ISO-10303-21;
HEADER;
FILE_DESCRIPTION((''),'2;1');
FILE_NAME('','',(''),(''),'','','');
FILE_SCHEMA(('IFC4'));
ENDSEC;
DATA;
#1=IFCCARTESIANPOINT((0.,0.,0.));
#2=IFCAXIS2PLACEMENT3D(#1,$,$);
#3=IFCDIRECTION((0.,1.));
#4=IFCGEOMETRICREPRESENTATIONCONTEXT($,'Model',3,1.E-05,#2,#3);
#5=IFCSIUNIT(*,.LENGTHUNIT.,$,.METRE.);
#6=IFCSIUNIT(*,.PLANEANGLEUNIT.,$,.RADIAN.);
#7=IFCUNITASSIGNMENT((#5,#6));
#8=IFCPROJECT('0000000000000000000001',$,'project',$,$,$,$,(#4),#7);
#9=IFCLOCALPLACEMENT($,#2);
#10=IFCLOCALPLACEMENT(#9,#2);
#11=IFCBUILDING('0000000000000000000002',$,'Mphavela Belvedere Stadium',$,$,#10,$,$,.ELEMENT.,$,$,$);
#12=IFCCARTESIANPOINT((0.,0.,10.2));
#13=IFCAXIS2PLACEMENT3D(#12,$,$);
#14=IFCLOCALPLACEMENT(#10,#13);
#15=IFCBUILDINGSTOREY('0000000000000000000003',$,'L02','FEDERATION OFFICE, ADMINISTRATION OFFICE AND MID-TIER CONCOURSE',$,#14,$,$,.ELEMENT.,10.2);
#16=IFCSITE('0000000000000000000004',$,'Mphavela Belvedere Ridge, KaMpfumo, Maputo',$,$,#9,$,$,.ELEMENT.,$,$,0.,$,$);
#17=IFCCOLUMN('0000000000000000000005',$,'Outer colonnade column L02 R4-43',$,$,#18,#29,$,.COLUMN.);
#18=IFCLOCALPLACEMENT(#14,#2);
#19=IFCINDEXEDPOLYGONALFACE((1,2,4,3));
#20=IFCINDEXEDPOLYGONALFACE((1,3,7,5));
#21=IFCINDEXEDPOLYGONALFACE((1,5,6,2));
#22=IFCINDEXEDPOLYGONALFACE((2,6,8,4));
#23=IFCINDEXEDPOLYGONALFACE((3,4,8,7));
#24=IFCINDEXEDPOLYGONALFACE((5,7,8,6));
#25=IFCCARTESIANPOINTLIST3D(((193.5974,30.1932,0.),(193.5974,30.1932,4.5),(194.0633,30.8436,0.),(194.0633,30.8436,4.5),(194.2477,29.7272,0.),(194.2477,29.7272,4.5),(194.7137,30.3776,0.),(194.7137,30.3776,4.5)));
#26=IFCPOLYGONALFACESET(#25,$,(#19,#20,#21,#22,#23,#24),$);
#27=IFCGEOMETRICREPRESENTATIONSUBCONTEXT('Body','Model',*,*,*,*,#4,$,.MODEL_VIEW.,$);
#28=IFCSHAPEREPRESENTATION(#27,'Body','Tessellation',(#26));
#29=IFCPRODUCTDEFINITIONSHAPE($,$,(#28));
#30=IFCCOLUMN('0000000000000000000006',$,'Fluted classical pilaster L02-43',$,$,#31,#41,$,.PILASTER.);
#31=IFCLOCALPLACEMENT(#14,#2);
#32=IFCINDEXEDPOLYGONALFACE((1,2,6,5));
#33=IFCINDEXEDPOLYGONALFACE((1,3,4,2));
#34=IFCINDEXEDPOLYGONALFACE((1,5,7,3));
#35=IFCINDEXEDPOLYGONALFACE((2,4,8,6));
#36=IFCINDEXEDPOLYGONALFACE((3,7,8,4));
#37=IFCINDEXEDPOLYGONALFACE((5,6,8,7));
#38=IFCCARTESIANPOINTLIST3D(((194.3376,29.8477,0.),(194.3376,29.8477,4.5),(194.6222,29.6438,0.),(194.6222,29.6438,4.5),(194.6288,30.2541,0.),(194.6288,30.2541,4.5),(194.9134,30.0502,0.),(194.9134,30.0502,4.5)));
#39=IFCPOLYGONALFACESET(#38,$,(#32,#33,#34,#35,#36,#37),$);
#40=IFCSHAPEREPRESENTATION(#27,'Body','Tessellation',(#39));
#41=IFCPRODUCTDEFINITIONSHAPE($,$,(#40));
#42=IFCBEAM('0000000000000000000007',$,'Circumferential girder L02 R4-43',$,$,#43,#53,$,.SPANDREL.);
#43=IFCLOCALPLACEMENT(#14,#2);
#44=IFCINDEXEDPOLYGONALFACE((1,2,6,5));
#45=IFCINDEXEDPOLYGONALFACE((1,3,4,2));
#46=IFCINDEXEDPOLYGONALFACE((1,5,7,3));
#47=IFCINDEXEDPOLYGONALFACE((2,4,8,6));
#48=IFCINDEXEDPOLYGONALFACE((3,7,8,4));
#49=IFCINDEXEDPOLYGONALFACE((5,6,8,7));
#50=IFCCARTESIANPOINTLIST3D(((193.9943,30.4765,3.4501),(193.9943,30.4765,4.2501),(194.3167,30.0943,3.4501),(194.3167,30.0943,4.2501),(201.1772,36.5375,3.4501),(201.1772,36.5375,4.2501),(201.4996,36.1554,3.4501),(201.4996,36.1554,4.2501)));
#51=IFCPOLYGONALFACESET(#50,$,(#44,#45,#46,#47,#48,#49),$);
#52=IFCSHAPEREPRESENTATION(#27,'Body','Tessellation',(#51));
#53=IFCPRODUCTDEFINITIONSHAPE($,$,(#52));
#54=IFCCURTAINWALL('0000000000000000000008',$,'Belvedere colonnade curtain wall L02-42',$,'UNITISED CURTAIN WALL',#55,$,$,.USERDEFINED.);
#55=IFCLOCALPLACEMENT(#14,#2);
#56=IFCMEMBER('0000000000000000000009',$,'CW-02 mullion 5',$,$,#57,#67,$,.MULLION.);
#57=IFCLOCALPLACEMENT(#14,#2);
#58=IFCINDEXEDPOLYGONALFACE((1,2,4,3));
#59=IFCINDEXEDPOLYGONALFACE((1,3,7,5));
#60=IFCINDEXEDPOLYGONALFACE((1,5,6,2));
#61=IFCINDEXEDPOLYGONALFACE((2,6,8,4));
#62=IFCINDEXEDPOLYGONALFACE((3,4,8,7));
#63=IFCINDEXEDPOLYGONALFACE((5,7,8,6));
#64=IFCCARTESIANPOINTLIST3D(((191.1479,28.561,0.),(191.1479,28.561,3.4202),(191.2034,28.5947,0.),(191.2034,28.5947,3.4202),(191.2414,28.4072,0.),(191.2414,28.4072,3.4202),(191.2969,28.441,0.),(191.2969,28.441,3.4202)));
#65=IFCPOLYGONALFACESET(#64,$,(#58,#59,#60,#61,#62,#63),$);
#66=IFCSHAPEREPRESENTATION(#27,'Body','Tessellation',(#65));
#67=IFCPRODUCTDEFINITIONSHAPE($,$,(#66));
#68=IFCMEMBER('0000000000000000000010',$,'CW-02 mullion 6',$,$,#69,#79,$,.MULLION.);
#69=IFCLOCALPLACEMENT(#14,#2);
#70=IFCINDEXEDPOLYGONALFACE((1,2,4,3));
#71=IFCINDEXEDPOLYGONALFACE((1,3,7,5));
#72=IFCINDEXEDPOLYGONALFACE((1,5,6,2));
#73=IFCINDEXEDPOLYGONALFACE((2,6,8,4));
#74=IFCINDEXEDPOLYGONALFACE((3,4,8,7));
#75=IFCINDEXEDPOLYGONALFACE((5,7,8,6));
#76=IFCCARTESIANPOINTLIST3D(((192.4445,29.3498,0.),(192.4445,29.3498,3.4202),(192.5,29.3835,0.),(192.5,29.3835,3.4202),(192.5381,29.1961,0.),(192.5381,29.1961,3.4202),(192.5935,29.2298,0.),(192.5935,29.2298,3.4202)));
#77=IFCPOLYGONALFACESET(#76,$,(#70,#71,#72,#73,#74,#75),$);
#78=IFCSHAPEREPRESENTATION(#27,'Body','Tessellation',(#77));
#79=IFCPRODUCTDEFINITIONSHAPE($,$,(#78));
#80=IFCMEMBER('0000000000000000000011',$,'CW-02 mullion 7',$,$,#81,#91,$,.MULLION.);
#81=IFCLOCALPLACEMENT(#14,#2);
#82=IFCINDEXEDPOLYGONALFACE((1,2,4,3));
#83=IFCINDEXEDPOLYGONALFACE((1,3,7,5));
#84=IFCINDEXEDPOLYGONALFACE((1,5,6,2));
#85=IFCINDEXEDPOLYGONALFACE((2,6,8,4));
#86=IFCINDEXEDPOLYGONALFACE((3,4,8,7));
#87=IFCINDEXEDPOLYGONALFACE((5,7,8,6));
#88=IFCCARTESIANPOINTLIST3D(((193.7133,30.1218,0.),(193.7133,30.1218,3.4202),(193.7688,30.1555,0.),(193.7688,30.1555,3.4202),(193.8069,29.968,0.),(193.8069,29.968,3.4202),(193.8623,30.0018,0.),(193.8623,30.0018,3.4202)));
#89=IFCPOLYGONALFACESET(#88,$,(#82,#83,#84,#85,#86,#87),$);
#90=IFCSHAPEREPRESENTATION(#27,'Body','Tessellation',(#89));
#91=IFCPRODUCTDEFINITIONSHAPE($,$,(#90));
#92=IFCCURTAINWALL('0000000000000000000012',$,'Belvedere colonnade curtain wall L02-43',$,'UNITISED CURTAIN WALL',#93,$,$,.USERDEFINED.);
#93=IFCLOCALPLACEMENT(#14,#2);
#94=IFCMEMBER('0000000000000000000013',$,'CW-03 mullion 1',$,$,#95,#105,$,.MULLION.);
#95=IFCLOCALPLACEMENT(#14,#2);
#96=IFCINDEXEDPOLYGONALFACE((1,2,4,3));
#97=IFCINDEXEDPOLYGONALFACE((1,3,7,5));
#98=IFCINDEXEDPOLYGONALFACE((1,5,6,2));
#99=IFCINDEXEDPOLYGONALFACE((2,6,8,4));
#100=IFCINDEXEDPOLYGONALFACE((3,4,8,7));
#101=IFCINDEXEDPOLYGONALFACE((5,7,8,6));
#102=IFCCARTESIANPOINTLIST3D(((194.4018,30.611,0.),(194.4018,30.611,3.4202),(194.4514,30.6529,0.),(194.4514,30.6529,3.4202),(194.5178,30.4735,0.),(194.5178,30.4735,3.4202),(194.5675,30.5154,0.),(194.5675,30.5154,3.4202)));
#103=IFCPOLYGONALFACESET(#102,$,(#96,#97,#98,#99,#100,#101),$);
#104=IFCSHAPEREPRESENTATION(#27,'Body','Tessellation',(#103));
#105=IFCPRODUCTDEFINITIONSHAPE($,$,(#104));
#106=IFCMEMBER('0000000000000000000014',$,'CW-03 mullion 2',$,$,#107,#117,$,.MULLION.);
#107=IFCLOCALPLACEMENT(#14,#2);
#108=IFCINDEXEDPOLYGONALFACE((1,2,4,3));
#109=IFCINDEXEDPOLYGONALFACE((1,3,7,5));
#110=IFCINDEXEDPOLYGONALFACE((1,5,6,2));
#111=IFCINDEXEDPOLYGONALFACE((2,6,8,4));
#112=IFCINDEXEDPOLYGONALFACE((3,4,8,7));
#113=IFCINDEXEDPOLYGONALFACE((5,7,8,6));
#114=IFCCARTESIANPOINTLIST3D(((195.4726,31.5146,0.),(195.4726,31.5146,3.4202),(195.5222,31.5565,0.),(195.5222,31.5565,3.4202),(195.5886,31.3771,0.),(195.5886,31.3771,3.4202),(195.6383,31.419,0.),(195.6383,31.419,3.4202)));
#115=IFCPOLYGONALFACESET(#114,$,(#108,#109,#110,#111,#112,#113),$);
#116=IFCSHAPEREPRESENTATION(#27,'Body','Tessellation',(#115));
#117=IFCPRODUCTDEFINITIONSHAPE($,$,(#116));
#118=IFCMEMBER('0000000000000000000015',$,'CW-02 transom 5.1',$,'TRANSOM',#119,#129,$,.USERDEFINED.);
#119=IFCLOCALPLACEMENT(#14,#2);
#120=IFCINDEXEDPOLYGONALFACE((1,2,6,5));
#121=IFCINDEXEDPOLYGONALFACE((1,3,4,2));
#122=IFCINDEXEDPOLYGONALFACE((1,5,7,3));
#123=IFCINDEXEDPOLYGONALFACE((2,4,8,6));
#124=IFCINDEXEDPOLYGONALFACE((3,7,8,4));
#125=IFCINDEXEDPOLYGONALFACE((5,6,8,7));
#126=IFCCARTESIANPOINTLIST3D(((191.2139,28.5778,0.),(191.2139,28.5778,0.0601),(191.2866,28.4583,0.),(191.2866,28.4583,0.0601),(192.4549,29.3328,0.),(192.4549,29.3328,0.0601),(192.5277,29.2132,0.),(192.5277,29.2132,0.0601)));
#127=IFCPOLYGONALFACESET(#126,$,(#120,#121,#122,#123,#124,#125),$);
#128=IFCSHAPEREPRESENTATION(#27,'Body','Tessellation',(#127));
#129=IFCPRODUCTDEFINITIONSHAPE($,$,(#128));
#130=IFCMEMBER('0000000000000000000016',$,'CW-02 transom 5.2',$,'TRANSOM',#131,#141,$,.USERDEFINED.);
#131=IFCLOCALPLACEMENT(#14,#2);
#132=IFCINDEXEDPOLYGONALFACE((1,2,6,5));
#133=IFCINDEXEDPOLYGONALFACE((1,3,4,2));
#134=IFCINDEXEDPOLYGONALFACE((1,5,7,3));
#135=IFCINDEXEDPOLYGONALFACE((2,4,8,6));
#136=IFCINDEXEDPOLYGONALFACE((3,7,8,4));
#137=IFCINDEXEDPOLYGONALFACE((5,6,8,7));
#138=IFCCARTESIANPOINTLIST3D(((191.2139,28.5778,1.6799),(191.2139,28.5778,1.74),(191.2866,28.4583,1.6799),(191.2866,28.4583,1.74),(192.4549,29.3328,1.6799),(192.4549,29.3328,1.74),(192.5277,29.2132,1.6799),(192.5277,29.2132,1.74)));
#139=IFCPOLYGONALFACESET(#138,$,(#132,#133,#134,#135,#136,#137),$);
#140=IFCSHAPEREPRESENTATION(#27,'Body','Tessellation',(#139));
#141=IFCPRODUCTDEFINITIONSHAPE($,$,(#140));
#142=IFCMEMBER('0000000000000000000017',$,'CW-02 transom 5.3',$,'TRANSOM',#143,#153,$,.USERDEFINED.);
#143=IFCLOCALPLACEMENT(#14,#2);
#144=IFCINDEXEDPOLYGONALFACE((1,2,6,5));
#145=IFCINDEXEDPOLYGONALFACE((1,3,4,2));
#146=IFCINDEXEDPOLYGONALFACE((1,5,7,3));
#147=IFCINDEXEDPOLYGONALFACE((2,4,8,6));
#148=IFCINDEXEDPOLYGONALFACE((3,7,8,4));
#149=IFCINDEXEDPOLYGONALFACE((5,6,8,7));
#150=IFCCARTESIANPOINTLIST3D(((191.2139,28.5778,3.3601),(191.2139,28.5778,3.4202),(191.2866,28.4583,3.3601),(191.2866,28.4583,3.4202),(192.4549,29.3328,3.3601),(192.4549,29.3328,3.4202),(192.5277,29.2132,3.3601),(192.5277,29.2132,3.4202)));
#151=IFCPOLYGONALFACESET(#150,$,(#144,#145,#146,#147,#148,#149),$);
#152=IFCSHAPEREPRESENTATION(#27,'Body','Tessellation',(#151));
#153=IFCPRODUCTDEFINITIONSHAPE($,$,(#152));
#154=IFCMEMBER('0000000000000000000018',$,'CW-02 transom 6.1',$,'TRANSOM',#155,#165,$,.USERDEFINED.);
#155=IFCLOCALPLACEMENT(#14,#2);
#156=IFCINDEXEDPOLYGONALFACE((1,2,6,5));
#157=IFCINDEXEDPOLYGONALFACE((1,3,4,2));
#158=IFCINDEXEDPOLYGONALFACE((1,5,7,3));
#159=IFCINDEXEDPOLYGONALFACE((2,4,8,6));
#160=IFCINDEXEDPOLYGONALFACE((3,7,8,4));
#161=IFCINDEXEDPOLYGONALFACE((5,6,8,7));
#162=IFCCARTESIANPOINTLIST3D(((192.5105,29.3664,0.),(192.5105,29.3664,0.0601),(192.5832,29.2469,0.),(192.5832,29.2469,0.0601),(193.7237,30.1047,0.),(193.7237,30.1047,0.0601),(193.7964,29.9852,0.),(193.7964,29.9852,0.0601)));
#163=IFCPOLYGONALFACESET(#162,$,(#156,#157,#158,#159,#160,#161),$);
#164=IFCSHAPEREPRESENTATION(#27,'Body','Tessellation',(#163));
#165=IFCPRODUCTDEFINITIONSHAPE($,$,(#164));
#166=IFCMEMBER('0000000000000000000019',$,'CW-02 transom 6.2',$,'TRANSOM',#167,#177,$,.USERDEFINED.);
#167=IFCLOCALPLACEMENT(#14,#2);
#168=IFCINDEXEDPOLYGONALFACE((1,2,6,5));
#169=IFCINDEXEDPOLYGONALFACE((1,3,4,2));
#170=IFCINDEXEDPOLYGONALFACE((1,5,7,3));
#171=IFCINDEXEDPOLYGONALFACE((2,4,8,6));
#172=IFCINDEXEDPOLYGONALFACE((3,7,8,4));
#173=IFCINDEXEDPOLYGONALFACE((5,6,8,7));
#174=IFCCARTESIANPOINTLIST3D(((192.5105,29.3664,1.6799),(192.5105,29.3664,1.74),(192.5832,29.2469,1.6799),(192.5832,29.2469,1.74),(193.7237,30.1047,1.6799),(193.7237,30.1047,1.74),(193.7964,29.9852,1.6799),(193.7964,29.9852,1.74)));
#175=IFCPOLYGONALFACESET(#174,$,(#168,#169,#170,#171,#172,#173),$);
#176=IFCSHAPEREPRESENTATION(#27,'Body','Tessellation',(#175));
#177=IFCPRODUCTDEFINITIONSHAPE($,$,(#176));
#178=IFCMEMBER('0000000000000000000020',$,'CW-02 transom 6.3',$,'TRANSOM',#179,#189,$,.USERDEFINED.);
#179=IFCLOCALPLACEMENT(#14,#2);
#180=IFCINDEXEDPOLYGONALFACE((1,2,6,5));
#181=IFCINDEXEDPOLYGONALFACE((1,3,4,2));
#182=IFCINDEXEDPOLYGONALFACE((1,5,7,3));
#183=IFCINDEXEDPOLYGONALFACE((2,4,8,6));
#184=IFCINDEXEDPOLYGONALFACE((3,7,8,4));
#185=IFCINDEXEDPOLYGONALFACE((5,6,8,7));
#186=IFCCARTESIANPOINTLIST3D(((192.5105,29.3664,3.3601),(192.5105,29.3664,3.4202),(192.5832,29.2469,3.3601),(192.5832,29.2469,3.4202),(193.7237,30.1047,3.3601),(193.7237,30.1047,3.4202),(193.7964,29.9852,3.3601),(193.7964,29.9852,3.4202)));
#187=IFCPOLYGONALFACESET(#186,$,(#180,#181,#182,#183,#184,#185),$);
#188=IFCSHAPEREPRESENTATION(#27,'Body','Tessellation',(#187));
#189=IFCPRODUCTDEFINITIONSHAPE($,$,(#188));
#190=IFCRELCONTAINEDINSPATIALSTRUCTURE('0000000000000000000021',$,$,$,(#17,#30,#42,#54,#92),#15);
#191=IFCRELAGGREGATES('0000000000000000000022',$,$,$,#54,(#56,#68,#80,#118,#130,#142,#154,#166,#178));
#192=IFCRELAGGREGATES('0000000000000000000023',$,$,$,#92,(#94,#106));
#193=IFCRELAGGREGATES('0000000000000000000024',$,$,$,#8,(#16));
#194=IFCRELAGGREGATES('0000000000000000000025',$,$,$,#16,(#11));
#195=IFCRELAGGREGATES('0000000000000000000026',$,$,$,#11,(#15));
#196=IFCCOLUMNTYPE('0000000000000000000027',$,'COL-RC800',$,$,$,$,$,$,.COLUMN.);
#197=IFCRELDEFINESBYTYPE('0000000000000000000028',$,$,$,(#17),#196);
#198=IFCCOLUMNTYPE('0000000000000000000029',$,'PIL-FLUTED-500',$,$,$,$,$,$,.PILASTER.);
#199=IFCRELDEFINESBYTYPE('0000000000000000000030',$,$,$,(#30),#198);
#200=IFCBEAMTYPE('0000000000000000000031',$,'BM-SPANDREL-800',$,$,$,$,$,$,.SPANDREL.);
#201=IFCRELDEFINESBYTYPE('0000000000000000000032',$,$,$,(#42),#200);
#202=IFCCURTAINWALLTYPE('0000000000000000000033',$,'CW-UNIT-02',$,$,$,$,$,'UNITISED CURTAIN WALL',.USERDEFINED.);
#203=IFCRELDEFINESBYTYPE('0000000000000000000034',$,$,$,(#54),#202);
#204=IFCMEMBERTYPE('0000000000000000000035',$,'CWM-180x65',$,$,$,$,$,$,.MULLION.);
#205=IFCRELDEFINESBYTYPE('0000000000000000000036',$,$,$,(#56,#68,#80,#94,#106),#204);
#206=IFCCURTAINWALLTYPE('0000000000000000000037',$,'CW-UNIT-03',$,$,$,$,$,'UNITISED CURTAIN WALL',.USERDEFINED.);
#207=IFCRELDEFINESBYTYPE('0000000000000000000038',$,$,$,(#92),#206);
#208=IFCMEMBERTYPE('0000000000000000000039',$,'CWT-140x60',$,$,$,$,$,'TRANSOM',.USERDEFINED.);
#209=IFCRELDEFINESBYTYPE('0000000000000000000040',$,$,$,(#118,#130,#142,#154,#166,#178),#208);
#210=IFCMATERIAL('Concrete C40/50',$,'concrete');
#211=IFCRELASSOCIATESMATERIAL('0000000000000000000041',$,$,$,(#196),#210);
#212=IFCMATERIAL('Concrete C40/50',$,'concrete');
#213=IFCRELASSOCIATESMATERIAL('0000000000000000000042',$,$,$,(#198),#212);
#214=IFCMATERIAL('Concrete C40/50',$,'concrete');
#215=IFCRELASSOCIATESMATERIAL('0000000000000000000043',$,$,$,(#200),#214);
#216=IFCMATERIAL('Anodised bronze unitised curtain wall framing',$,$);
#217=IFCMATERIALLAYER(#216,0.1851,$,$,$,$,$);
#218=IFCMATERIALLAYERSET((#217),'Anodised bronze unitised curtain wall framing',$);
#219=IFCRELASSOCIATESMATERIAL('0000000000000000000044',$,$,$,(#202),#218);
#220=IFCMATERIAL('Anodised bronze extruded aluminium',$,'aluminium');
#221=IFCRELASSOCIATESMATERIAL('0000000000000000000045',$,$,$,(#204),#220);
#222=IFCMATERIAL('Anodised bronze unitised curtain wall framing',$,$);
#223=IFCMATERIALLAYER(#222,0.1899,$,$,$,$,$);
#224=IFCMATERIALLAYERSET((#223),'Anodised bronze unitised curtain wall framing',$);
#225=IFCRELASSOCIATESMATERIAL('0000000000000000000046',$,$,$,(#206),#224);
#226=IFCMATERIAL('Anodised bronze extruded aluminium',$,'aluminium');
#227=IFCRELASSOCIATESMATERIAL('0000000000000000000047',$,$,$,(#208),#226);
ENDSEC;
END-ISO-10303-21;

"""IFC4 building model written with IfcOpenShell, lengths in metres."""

from ifc_helpers import new_model, si_unit, direction, frame, origin, origin_2d, place, context, subcontext, project, spatial, rectangle, extrude, material, layer, layer_set, material_profile, profile_set, type_object, element, aggregate, save


model = new_model("IFC4")

# Units and contexts
model_context = context("Model", 3, precision=1e-05, world=origin(), true_north=direction((0.0, 1.0)))
body_context = subcontext(model_context, "Body", "Model", "MODEL_VIEW")
ifc_project = project(units=[si_unit("LENGTHUNIT", "METRE"), si_unit("PLANEANGLEUNIT", "RADIAN")], contexts=[model_context])

# Site, building, storey
site_placement = place(None, origin())
site = spatial("IfcSite", under=ifc_project, at=site_placement, Name="Mphavela Belvedere Ridge, KaMpfumo, Maputo", CompositionType="ELEMENT", RefElevation=0.0)
building_placement = place(site_placement, origin())
building = spatial("IfcBuilding", under=site, at=building_placement, Name="Mphavela Belvedere Stadium", CompositionType="ELEMENT")
storey_placement = place(building_placement, frame((0.0, 0.0, 10.2)))
storey = spatial("IfcBuildingStorey", under=building, at=storey_placement, Name="L02", Description="FEDERATION OFFICE, ADMINISTRATION OFFICE AND MID-TIER CONCOURSE", CompositionType="ELEMENT", Elevation=10.2)

# Columns
ifc_material_1 = material(Name="Concrete C40/50", Category="concrete")
ifc_material_profile_1 = material_profile(ifc_material_1, rectangle(XDim=0.8, YDim=0.8, at=origin_2d()), Name="RC 800x800")
ifc_profile_set_1 = profile_set([ifc_material_profile_1], Name="Concrete C40/50")
column_type_1 = type_object("IfcColumnType", Name="COL-RC800", PredefinedType="COLUMN", material=ifc_profile_set_1)
column_1_placement = place(storey_placement, frame((194.1555, 30.2854, 0.0), z_axis=(0.0, 0.0, 1.0), x_axis=(0.812898, -0.582407, 0.0)))
element("IfcColumn", 1, at=column_1_placement, inside=storey, type_object=column_type_1, Name="Outer colonnade column L02 R4-43", PredefinedType="COLUMN", context=body_context, shape_type="SweptSolid", body=[
    extrude(rectangle(XDim=0.8, YDim=0.8, at=origin_2d()), origin(), (0.0, 0.0, 1.0), 4.5),
])
ifc_material_2 = material(Name="Concrete C40/50", Category="concrete")
ifc_material_profile_2 = material_profile(ifc_material_2, rectangle(XDim=0.5, YDim=0.3501, at=origin_2d()), Name="PIL 500x350")
ifc_profile_set_2 = profile_set([ifc_material_profile_2], Name="Concrete C40/50")
column_type_2 = type_object("IfcColumnType", Name="PIL-FLUTED-500", PredefinedType="PILASTER", material=ifc_profile_set_2)
column_2_placement = place(storey_placement, frame((194.6255, 29.949, 0.0), z_axis=(0.0, 0.0, 1.0), x_axis=(0.582407, 0.812898, 0.0)))
element("IfcColumn", 2, at=column_2_placement, inside=storey, type_object=column_type_2, Name="Fluted classical pilaster L02-43", PredefinedType="PILASTER", context=body_context, shape_type="SweptSolid", body=[
    extrude(rectangle(XDim=0.5, YDim=0.3501, at=origin_2d()), origin(), (0.0, 0.0, 1.0), 4.5),
])

# Beam
ifc_material_3 = material(Name="Concrete C40/50", Category="concrete")
ifc_material_profile_3 = material_profile(ifc_material_3, rectangle(XDim=0.5, YDim=0.8, at=origin_2d()), Name="RC 500x800")
ifc_profile_set_3 = profile_set([ifc_material_profile_3], Name="Concrete C40/50")
beam_type = type_object("IfcBeamType", Name="BM-SPANDREL-800", PredefinedType="SPANDREL", material=ifc_profile_set_3)
beam_placement = place(storey_placement, frame((194.1555, 30.2854, 3.8501), z_axis=(0.764265, 0.644902, 0.0), x_axis=(-0.644902, 0.764265, 0.0)))
element("IfcBeam", 3, at=beam_placement, inside=storey, type_object=beam_type, Name="Circumferential girder L02 R4-43", PredefinedType="SPANDREL", context=body_context, shape_type="SweptSolid", body=[
    extrude(rectangle(XDim=0.5, YDim=0.8, at=origin_2d()), origin(), (0.0, 0.0, 1.0), 9.3984),
])

# Curtain walls, members
ifc_material_4 = material(Name="Anodised bronze unitised curtain wall framing")
ifc_layer_1 = layer(ifc_material_4, 0.1851)
ifc_layer_set_1 = layer_set([ifc_layer_1], Name="Anodised bronze unitised curtain wall framing")
curtain_wall_type_1 = type_object("IfcCurtainWallType", Name="CW-UNIT-02", ElementType="UNITISED CURTAIN WALL", PredefinedType="USERDEFINED", material=ifc_layer_set_1)
curtain_wall_1_placement = place(storey_placement, origin())
curtain_wall_1 = element("IfcCurtainWall", 4, at=curtain_wall_1_placement, inside=storey, type_object=curtain_wall_type_1, Name="Belvedere colonnade curtain wall L02-42", ObjectType="UNITISED CURTAIN WALL", PredefinedType="USERDEFINED")
ifc_material_5 = material(Name="Anodised bronze extruded aluminium", Category="aluminium")
ifc_material_profile_4 = material_profile(ifc_material_5, rectangle(XDim=0.1799, YDim=0.0649, at=origin_2d()), Name="CW-MUL 180x65")
ifc_profile_set_4 = profile_set([ifc_material_profile_4], Name="Anodised bronze extruded aluminium")
member_type_1 = type_object("IfcMemberType", Name="CWM-180x65", PredefinedType="MULLION", material=ifc_profile_set_4)
member_1_placement = place(storey_placement, frame((191.2224, 28.501, 0.0), z_axis=(0.0, 0.0, 1.0), x_axis=(-0.519732, 0.85433, 0.0)))
member_1 = element("IfcMember", 5, at=member_1_placement, type_object=member_type_1, Name="CW-02 mullion 5", PredefinedType="MULLION", context=body_context, shape_type="SweptSolid", body=[
    extrude(rectangle(XDim=0.1799, YDim=0.0649, at=origin_2d()), origin(), (0.0, 0.0, 1.0), 3.4202),
])
member_2_placement = place(storey_placement, frame((192.519, 29.2898, 0.0), z_axis=(0.0, 0.0, 1.0), x_axis=(-0.519732, 0.85433, 0.0)))
member_2 = element("IfcMember", 6, at=member_2_placement, type_object=member_type_1, Name="CW-02 mullion 6", PredefinedType="MULLION", context=body_context, shape_type="SweptSolid", body=[
    extrude(rectangle(XDim=0.1799, YDim=0.0649, at=origin_2d()), origin(), (0.0, 0.0, 1.0), 3.4202),
])
member_3_placement = place(storey_placement, frame((193.7878, 30.0618, 0.0), z_axis=(0.0, 0.0, 1.0), x_axis=(-0.519732, 0.85433, 0.0)))
member_3 = element("IfcMember", 7, at=member_3_placement, type_object=member_type_1, Name="CW-02 mullion 7", PredefinedType="MULLION", context=body_context, shape_type="SweptSolid", body=[
    extrude(rectangle(XDim=0.1799, YDim=0.0649, at=origin_2d()), origin(), (0.0, 0.0, 1.0), 3.4202),
])
ifc_material_6 = material(Name="Anodised bronze unitised curtain wall framing")
ifc_layer_2 = layer(ifc_material_6, 0.1899)
ifc_layer_set_2 = layer_set([ifc_layer_2], Name="Anodised bronze unitised curtain wall framing")
curtain_wall_type_2 = type_object("IfcCurtainWallType", Name="CW-UNIT-03", ElementType="UNITISED CURTAIN WALL", PredefinedType="USERDEFINED", material=ifc_layer_set_2)
curtain_wall_2_placement = place(storey_placement, origin())
curtain_wall_2 = element("IfcCurtainWall", 8, at=curtain_wall_2_placement, inside=storey, type_object=curtain_wall_type_2, Name="Belvedere colonnade curtain wall L02-43", ObjectType="UNITISED CURTAIN WALL", PredefinedType="USERDEFINED")
member_4_placement = place(storey_placement, frame((194.4846, 30.5632, 0.0), z_axis=(0.0, 0.0, 1.0), x_axis=(-0.644907, 0.764261, 0.0)))
member_4 = element("IfcMember", 9, at=member_4_placement, type_object=member_type_1, Name="CW-03 mullion 1", PredefinedType="MULLION", context=body_context, shape_type="SweptSolid", body=[
    extrude(rectangle(XDim=0.1799, YDim=0.0649, at=origin_2d()), origin(), (0.0, 0.0, 1.0), 3.4202),
])
member_5_placement = place(storey_placement, frame((195.5554, 31.4668, 0.0), z_axis=(0.0, 0.0, 1.0), x_axis=(-0.644907, 0.764261, 0.0)))
member_5 = element("IfcMember", 10, at=member_5_placement, type_object=member_type_1, Name="CW-03 mullion 2", PredefinedType="MULLION", context=body_context, shape_type="SweptSolid", body=[
    extrude(rectangle(XDim=0.1799, YDim=0.0649, at=origin_2d()), origin(), (0.0, 0.0, 1.0), 3.4202),
])

# Members
ifc_material_7 = material(Name="Anodised bronze extruded aluminium", Category="aluminium")
ifc_material_profile_5 = material_profile(ifc_material_7, rectangle(XDim=0.1399, YDim=0.0601, at=origin_2d()), Name="CW-TRN 140x60")
ifc_profile_set_5 = profile_set([ifc_material_profile_5], Name="Anodised bronze extruded aluminium")
member_type_2 = type_object("IfcMemberType", Name="CWT-140x60", ElementType="TRANSOM", PredefinedType="USERDEFINED", material=ifc_profile_set_5)
member_6_placement = place(storey_placement, frame((191.2502, 28.5181, 0.03), z_axis=(0.854348, 0.519702, 0.0), x_axis=(-0.519702, 0.854348, 0.0)))
member_6 = element("IfcMember", 11, at=member_6_placement, type_object=member_type_2, Name="CW-02 transom 5.1", ObjectType="TRANSOM", PredefinedType="USERDEFINED", context=body_context, shape_type="SweptSolid", body=[
    extrude(rectangle(XDim=0.1399, YDim=0.0601, at=origin_2d()), origin(), (0.0, 0.0, 1.0), 1.4526),
])
member_7_placement = place(storey_placement, frame((191.2502, 28.5181, 1.71), z_axis=(0.854348, 0.519702, 0.0), x_axis=(-0.519702, 0.854348, 0.0)))
member_7 = element("IfcMember", 12, at=member_7_placement, type_object=member_type_2, Name="CW-02 transom 5.2", ObjectType="TRANSOM", PredefinedType="USERDEFINED", context=body_context, shape_type="SweptSolid", body=[
    extrude(rectangle(XDim=0.1399, YDim=0.0601, at=origin_2d()), origin(), (0.0, 0.0, 1.0), 1.4526),
])
member_8_placement = place(storey_placement, frame((191.2502, 28.5181, 3.3901), z_axis=(0.854348, 0.519702, 0.0), x_axis=(-0.519702, 0.854348, 0.0)))
member_8 = element("IfcMember", 13, at=member_8_placement, type_object=member_type_2, Name="CW-02 transom 5.3", ObjectType="TRANSOM", PredefinedType="USERDEFINED", context=body_context, shape_type="SweptSolid", body=[
    extrude(rectangle(XDim=0.1399, YDim=0.0601, at=origin_2d()), origin(), (0.0, 0.0, 1.0), 1.4526),
])
member_9_placement = place(storey_placement, frame((192.5469, 29.3066, 0.03), z_axis=(0.854245, 0.519871, 0.0), x_axis=(-0.519871, 0.854245, 0.0)))
member_9 = element("IfcMember", 14, at=member_9_placement, type_object=member_type_2, Name="CW-02 transom 6.1", ObjectType="TRANSOM", PredefinedType="USERDEFINED", context=body_context, shape_type="SweptSolid", body=[
    extrude(rectangle(XDim=0.1399, YDim=0.0601, at=origin_2d()), origin(), (0.0, 0.0, 1.0), 1.4202),
])
member_10_placement = place(storey_placement, frame((192.5469, 29.3066, 1.71), z_axis=(0.854245, 0.519871, 0.0), x_axis=(-0.519871, 0.854245, 0.0)))
member_10 = element("IfcMember", 15, at=member_10_placement, type_object=member_type_2, Name="CW-02 transom 6.2", ObjectType="TRANSOM", PredefinedType="USERDEFINED", context=body_context, shape_type="SweptSolid", body=[
    extrude(rectangle(XDim=0.1399, YDim=0.0601, at=origin_2d()), origin(), (0.0, 0.0, 1.0), 1.4202),
])
member_11_placement = place(storey_placement, frame((192.5469, 29.3066, 3.3901), z_axis=(0.854245, 0.519871, 0.0), x_axis=(-0.519871, 0.854245, 0.0)))
member_11 = element("IfcMember", 16, at=member_11_placement, type_object=member_type_2, Name="CW-02 transom 6.3", ObjectType="TRANSOM", PredefinedType="USERDEFINED", context=body_context, shape_type="SweptSolid", body=[
    extrude(rectangle(XDim=0.1399, YDim=0.0601, at=origin_2d()), origin(), (0.0, 0.0, 1.0), 1.4202),
])

aggregate(curtain_wall_1, [member_1, member_2, member_3, member_6, member_7, member_8, member_9, member_10, member_11])
aggregate(curtain_wall_2, [member_4, member_5])

save(model, "model.ifc")
